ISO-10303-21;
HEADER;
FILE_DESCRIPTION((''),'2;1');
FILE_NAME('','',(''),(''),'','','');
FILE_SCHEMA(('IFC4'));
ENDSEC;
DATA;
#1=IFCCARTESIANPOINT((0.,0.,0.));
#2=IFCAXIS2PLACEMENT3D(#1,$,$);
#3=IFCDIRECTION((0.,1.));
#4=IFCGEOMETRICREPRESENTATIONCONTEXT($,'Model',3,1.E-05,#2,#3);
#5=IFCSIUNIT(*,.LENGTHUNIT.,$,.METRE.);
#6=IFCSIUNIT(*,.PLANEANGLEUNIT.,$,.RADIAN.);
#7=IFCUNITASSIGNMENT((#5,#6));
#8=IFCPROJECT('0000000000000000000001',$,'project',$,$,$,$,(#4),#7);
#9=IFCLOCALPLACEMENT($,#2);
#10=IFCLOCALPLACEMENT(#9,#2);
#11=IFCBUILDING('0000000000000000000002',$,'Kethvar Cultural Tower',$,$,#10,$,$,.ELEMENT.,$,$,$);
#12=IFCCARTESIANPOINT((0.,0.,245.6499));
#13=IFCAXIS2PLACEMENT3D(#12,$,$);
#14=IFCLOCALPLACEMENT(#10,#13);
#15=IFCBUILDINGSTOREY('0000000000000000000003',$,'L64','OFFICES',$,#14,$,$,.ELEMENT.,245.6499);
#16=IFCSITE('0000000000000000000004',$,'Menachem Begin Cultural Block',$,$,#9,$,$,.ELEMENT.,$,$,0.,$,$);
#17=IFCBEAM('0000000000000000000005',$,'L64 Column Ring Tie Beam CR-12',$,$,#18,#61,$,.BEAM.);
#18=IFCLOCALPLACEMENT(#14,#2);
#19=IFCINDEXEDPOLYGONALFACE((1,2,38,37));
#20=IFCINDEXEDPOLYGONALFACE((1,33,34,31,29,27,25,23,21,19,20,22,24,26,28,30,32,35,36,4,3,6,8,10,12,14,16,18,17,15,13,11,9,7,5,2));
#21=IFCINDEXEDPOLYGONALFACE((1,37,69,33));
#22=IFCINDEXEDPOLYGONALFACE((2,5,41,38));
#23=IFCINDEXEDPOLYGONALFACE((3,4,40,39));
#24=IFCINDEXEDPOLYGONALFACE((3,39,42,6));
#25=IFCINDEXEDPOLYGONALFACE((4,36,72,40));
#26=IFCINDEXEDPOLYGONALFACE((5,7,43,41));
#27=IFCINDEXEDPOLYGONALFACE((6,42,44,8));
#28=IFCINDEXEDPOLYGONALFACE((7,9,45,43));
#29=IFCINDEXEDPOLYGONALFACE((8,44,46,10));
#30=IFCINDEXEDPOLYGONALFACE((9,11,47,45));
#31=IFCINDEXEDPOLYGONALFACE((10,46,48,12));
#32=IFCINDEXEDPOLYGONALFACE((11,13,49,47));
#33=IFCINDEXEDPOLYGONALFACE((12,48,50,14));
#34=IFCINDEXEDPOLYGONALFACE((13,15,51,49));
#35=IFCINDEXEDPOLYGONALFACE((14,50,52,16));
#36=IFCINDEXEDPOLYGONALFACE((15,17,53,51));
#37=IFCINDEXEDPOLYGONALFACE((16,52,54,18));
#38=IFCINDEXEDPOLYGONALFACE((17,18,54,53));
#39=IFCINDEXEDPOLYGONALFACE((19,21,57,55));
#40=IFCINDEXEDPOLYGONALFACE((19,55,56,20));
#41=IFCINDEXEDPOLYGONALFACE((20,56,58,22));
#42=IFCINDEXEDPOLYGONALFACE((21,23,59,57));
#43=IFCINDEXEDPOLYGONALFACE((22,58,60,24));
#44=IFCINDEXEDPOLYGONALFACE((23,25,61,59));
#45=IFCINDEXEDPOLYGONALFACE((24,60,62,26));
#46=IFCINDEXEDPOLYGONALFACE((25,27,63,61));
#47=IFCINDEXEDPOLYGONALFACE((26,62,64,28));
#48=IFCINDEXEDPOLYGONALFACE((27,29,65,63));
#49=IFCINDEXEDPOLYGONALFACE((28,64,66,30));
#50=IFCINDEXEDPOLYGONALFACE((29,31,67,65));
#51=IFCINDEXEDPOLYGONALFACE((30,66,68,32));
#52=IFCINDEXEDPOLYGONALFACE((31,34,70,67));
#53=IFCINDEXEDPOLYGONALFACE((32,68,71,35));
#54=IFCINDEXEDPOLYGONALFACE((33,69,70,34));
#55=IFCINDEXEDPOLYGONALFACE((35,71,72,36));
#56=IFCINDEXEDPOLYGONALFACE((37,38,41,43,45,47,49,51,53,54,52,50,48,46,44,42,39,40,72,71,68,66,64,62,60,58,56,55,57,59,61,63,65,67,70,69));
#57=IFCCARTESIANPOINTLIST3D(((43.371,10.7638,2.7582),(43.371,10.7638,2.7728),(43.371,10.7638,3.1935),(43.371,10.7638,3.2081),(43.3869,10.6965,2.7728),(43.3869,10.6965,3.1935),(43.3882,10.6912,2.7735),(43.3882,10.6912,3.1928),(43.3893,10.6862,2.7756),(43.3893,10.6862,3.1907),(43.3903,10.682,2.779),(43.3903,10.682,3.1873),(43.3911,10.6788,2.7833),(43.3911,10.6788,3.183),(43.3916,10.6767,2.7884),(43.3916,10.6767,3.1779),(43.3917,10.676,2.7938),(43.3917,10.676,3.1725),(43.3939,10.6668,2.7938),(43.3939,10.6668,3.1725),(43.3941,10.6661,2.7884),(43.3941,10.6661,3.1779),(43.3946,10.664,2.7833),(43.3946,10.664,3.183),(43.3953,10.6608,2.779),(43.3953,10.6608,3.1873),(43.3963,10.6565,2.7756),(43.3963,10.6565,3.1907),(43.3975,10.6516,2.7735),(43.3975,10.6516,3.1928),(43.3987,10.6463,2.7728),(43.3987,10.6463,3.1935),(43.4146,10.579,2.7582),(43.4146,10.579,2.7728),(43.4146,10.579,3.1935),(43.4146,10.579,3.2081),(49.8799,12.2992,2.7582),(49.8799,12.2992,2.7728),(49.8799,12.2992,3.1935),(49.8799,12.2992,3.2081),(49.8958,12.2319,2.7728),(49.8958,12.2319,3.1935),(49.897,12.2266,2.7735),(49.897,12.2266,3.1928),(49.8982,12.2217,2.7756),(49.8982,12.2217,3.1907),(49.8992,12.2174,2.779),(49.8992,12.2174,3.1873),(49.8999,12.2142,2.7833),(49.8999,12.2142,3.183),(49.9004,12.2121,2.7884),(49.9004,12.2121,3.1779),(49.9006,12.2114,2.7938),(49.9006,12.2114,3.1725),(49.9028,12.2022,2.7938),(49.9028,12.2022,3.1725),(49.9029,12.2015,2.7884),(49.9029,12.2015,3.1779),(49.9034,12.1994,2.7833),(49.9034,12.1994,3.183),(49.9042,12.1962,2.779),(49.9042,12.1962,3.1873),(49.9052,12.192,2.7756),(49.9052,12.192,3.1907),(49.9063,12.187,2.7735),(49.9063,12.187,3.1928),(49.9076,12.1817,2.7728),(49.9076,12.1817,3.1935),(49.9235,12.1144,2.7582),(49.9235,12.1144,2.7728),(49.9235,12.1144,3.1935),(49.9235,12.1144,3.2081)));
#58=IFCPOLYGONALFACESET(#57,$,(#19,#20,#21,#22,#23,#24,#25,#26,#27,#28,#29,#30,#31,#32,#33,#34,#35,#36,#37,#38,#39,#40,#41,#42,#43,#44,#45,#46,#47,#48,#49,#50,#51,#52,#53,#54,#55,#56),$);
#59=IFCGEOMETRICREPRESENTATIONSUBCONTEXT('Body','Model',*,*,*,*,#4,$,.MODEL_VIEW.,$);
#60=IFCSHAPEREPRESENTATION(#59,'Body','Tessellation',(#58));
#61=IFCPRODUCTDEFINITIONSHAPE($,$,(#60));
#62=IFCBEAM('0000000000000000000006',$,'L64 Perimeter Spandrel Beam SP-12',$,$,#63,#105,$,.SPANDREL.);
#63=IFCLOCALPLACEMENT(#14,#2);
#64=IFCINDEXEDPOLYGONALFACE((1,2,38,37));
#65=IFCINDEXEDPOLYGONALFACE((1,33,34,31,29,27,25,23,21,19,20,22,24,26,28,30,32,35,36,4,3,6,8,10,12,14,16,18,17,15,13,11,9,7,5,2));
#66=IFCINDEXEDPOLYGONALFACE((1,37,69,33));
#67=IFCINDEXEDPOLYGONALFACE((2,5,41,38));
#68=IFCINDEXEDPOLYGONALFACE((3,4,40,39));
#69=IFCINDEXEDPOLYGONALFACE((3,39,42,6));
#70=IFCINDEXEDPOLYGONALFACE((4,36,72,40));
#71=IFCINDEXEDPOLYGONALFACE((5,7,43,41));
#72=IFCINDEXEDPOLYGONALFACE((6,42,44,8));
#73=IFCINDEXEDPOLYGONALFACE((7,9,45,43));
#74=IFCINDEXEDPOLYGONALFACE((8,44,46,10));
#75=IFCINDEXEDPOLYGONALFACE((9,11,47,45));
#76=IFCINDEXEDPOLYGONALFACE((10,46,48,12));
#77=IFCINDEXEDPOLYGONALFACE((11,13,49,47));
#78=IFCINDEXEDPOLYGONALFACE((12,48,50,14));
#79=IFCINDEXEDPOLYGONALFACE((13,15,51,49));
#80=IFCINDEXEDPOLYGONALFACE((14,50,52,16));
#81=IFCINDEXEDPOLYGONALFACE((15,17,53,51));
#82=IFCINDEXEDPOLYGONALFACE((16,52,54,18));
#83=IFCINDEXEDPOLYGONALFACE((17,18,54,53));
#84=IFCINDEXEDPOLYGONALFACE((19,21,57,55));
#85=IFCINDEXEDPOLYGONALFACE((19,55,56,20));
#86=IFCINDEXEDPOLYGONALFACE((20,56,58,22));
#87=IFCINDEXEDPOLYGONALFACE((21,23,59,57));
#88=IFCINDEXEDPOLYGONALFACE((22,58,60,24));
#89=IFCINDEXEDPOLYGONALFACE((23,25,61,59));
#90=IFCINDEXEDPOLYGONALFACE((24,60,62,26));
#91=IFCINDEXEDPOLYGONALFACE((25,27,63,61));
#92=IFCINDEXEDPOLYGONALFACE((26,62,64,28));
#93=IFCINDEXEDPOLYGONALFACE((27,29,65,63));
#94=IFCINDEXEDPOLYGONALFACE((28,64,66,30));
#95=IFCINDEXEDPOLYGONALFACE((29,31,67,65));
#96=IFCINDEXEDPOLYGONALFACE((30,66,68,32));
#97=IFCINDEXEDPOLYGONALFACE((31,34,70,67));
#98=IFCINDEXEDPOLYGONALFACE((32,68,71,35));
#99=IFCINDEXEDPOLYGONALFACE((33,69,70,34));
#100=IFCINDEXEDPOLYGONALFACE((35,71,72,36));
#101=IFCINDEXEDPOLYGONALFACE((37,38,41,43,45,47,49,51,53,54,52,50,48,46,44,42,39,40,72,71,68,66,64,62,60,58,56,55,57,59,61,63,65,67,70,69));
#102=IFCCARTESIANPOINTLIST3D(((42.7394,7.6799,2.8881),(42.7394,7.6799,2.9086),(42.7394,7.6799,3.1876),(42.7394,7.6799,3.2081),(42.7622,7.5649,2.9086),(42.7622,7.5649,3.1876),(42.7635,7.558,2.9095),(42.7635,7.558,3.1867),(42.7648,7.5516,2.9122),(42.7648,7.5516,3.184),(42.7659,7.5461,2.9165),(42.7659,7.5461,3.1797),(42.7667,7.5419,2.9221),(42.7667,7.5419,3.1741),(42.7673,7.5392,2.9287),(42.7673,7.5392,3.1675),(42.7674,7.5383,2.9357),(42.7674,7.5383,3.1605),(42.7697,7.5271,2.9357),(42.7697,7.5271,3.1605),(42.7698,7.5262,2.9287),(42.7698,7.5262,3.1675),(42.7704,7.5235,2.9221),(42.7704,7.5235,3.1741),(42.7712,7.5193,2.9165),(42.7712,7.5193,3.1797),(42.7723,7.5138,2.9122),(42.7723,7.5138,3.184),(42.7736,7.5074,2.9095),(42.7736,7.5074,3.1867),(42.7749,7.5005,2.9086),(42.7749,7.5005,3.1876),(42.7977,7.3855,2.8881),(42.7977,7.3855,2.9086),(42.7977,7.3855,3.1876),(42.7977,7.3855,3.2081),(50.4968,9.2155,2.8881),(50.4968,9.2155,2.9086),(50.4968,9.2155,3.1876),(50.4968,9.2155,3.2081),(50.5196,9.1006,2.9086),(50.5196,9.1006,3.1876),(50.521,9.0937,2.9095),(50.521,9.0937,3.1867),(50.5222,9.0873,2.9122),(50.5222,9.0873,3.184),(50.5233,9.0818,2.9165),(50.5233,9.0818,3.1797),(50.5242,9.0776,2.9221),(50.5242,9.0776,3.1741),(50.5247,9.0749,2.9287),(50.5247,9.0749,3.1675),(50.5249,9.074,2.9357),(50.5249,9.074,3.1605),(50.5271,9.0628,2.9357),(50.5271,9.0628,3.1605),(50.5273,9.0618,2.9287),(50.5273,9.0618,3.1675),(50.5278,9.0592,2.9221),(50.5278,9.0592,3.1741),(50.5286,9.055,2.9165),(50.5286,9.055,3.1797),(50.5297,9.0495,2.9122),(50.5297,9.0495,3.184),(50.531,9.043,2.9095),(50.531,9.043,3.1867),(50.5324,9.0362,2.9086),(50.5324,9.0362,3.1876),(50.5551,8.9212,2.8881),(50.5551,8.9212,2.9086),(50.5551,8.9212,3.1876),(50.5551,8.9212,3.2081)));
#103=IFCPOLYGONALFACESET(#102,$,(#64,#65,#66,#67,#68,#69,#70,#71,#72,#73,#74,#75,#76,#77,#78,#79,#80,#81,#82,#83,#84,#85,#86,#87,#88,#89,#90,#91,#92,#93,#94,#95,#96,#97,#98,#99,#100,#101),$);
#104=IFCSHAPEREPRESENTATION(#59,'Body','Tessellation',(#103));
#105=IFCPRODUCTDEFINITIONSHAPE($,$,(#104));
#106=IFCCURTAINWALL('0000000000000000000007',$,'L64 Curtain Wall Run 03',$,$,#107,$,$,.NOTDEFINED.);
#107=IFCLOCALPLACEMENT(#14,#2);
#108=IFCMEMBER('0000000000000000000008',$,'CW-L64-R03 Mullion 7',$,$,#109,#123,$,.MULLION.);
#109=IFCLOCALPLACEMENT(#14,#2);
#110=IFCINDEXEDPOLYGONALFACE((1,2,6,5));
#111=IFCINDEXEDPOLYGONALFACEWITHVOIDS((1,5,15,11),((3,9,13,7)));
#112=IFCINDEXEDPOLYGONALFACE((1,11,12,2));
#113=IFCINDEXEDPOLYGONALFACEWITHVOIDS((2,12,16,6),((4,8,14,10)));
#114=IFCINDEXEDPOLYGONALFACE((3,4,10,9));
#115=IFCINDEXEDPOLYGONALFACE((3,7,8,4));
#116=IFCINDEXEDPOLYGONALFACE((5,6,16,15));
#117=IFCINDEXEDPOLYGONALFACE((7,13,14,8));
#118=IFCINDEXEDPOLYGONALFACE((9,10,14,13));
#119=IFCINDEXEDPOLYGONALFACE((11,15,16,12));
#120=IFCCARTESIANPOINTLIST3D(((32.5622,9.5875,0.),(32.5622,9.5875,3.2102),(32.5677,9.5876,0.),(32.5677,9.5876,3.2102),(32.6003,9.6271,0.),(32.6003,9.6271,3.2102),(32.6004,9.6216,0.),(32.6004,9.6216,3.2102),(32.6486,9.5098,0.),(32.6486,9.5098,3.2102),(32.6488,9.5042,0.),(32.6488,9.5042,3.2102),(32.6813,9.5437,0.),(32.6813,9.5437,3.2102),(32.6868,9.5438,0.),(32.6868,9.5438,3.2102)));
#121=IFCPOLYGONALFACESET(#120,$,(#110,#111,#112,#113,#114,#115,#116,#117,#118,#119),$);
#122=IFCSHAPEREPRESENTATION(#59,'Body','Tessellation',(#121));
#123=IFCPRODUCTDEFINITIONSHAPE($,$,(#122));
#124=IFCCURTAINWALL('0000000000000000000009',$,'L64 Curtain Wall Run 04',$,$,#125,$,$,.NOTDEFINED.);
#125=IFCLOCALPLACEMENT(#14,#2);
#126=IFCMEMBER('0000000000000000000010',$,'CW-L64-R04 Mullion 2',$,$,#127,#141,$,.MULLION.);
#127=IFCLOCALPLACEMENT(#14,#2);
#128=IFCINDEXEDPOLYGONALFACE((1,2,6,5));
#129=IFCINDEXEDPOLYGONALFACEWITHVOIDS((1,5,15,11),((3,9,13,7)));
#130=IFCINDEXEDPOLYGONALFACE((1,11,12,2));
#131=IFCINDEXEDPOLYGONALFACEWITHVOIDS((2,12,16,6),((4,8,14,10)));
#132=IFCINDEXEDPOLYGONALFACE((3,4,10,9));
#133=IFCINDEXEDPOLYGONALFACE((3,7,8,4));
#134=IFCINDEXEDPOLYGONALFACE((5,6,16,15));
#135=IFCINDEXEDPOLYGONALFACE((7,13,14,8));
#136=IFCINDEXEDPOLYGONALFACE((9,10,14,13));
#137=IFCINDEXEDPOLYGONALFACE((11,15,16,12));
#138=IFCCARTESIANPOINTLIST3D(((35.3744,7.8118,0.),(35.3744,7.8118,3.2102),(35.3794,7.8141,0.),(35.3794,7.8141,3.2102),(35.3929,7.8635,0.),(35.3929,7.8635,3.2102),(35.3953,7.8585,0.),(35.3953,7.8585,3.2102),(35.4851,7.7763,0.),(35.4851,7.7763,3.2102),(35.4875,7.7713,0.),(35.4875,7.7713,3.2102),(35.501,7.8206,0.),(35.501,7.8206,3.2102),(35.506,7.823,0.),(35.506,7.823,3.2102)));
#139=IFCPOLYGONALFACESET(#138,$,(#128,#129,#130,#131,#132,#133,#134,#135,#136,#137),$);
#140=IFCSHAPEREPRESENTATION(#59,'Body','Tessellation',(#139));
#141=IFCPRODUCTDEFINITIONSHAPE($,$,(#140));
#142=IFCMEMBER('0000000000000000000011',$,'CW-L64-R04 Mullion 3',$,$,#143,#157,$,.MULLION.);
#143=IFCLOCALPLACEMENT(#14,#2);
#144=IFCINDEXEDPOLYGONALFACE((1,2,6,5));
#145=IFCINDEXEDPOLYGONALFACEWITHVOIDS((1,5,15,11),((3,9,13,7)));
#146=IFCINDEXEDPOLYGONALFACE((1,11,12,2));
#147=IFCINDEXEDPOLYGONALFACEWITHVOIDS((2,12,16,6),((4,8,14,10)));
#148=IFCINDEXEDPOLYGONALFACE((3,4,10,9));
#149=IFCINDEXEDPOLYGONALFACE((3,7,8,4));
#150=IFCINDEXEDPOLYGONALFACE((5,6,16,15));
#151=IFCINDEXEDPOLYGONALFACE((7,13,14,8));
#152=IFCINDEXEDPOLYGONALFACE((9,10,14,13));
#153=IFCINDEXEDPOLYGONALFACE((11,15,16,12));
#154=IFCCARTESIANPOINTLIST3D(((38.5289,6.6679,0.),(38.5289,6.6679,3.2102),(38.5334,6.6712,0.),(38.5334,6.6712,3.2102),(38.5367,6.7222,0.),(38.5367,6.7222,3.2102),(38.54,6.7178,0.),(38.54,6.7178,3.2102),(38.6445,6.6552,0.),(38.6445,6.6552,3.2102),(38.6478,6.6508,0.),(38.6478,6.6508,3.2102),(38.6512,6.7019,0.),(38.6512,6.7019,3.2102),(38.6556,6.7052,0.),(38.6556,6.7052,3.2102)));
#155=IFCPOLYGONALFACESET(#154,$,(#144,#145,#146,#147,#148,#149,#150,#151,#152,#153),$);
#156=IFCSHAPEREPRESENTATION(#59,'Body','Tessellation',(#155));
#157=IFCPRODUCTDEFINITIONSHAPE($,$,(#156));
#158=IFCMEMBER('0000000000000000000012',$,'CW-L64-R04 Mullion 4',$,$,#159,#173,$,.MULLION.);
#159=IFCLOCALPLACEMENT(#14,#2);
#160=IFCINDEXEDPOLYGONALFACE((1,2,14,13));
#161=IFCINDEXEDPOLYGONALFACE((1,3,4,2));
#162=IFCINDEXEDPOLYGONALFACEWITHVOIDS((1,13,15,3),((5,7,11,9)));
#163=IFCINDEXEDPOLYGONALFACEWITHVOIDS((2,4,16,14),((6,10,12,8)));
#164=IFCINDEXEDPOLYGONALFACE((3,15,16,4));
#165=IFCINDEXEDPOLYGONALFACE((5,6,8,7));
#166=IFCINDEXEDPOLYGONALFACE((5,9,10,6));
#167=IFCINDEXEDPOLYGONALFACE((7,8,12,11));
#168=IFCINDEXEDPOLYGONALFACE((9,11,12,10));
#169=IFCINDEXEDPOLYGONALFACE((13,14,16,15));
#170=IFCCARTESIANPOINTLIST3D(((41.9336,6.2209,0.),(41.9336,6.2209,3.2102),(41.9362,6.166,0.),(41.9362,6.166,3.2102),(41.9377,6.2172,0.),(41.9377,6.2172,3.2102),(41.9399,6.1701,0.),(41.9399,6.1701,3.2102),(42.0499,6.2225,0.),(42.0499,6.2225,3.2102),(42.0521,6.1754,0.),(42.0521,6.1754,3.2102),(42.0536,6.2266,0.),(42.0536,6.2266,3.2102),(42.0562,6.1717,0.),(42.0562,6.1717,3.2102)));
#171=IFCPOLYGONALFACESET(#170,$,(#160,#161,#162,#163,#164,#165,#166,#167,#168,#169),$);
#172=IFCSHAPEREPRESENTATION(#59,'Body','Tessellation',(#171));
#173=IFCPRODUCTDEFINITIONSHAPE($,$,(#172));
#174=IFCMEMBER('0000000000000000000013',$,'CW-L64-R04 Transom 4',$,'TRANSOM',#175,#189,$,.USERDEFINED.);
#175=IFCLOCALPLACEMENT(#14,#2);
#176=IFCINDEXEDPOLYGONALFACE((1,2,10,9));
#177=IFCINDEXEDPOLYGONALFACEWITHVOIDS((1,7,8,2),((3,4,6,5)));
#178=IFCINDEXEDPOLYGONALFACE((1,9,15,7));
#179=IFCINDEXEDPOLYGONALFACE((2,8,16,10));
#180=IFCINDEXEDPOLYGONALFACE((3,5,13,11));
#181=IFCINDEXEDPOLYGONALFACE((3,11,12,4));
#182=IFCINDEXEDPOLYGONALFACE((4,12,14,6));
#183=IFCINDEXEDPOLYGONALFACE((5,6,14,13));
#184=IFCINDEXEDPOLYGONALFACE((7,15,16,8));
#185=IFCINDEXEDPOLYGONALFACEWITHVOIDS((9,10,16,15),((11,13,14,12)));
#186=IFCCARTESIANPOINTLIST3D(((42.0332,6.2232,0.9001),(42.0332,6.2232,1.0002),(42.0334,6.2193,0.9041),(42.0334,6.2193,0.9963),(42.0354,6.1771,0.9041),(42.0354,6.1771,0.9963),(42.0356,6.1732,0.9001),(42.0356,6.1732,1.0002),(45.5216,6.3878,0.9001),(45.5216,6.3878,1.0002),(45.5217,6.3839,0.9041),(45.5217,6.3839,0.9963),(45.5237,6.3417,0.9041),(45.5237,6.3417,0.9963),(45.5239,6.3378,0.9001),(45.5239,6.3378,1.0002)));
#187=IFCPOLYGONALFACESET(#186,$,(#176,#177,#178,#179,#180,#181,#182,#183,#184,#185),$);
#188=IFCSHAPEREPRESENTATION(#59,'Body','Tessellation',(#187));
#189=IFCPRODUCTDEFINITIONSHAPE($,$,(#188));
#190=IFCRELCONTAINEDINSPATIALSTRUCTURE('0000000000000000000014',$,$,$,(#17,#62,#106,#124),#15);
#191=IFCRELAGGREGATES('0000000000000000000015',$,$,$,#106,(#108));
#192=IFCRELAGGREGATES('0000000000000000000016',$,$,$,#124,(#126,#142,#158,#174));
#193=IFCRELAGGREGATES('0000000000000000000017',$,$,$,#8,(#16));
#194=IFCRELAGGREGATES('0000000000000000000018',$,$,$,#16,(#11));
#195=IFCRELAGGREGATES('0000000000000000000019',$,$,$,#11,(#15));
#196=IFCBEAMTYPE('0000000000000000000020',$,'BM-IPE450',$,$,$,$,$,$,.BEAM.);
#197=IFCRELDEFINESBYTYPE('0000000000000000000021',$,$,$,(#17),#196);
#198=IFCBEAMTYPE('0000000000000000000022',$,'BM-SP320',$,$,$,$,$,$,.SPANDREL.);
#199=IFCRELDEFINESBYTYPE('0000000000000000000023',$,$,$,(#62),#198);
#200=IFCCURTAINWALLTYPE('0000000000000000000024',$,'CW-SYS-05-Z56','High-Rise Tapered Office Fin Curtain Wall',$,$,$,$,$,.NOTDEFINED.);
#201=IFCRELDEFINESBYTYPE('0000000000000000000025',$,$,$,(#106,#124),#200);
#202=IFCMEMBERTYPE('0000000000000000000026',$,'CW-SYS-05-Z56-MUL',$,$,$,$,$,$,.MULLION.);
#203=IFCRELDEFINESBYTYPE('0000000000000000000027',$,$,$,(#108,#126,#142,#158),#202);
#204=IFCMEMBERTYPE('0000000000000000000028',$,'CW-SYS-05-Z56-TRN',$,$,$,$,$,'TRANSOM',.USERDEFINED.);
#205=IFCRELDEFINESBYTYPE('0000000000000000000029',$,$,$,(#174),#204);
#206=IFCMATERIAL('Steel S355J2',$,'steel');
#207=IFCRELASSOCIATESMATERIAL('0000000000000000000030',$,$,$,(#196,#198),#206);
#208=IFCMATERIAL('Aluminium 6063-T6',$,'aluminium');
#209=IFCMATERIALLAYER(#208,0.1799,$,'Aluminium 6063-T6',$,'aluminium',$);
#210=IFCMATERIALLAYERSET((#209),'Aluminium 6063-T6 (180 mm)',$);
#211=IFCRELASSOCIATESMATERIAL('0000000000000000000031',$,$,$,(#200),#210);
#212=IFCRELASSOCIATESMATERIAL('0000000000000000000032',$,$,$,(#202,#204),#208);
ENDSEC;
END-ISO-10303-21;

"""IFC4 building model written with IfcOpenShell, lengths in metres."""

from ifc_helpers import new_model, si_unit, direction, frame, origin, origin_2d, place, context, subcontext, project, spatial, hollow_rectangle, i_section, extrude, source, transform, mapped, material, layer, layer_set, material_profile, profile_set, type_object, element, aggregate, save


model = new_model("IFC4")

# Units and contexts
model_context = context("Model", 3, precision=1e-05, world=origin(), true_north=direction((0.0, 1.0)))
body_context = subcontext(model_context, "Body", "Model", "MODEL_VIEW")
ifc_project = project(units=[si_unit("LENGTHUNIT", "METRE"), si_unit("PLANEANGLEUNIT", "RADIAN")], contexts=[model_context])

# Site, building, storey
site_placement = place(None, origin())
site = spatial("IfcSite", under=ifc_project, at=site_placement, Name="Menachem Begin Cultural Block", CompositionType="ELEMENT", RefElevation=0.0)
building_placement = place(site_placement, origin())
building = spatial("IfcBuilding", under=site, at=building_placement, Name="Kethvar Cultural Tower", CompositionType="ELEMENT")
storey_placement = place(building_placement, frame((0.0, 0.0, 245.6499)))
storey = spatial("IfcBuildingStorey", under=building, at=storey_placement, Name="L64", Description="OFFICES", CompositionType="ELEMENT", Elevation=245.6499)

# Beams
ifc_material_1 = material(Name="Steel S355J2", Category="steel")
ifc_material_profile_1 = material_profile(ifc_material_1, i_section(OverallWidth=0.1899, OverallDepth=0.45, WebThickness=0.0095, FlangeThickness=0.0146, FilletRadius=0.021, at=origin_2d()), Name="Steel S355J2 — IPE450")
ifc_profile_set_1 = profile_set([ifc_material_profile_1], Name="Steel S355J2 — IPE450")
beam_type_1 = type_object("IfcBeamType", Name="BM-IPE450", PredefinedType="BEAM", material=ifc_profile_set_1)
ifc_material_profile_2 = material_profile(ifc_material_1, i_section(OverallWidth=0.3, OverallDepth=0.3201, WebThickness=0.0115, FlangeThickness=0.0205, FilletRadius=0.0271, at=origin_2d()), Name="Steel S355J2 — HEB320")
ifc_profile_set_2 = profile_set([ifc_material_profile_2], Name="Steel S355J2 — HEB320")
beam_type_2 = type_object("IfcBeamType", Name="BM-SP320", PredefinedType="SPANDREL", material=ifc_profile_set_2)
shared_shape_1 = source(origin(), body_context, "Body", "SweptSolid", [
    extrude(i_section(OverallWidth=0.1899, OverallDepth=0.45, WebThickness=0.0095, FlangeThickness=0.0146, FilletRadius=0.021, at=origin_2d()), origin(), (0.0, 0.0, 1.0), 6.6875),
])
beam_1_placement = place(storey_placement, frame((43.3928, 10.6714, 2.9832), z_axis=(0.973286, 0.229595, 0.0), x_axis=(-0.229595, 0.973286, 0.0)))
element("IfcBeam", 1, at=beam_1_placement, inside=storey, type_object=beam_type_1, Name="L64 Column Ring Tie Beam CR-12", PredefinedType="BEAM", context=body_context, shape_type="MappedRepresentation", body=[
    mapped(shared_shape_1, transform((0.0, 0.0, 0.0), scale=1.0)),
])
shared_shape_2 = source(origin(), body_context, "Body", "SweptSolid", [
    extrude(i_section(OverallWidth=0.3, OverallDepth=0.3201, WebThickness=0.0115, FlangeThickness=0.0205, FilletRadius=0.0271, at=origin_2d()), origin(), (0.0, 0.0, 1.0), 7.908),
])
beam_2_placement = place(storey_placement, frame((42.7686, 7.5327, 3.0481), z_axis=(0.980964, 0.194192, 0.0), x_axis=(-0.194192, 0.980964, 0.0)))
element("IfcBeam", 2, at=beam_2_placement, inside=storey, type_object=beam_type_2, Name="L64 Perimeter Spandrel Beam SP-12", PredefinedType="SPANDREL", context=body_context, shape_type="MappedRepresentation", body=[
    mapped(shared_shape_2, transform((0.0, 0.0, 0.0), scale=1.0)),
])

# Curtain wall, member
ifc_material_2 = material(Name="Aluminium 6063-T6", Category="aluminium")
ifc_layer_1 = layer(ifc_material_2, 0.1799, Name="Aluminium 6063-T6", Category="aluminium")
ifc_layer_set_1 = layer_set([ifc_layer_1], Name="Aluminium 6063-T6 (180 mm)")
curtain_wall_type = type_object("IfcCurtainWallType", Name="CW-SYS-05-Z56", Description="High-Rise Tapered Office Fin Curtain Wall", PredefinedType="NOTDEFINED", material=ifc_layer_set_1)
curtain_wall_1_placement = place(storey_placement, origin())
curtain_wall_1 = element("IfcCurtainWall", 3, at=curtain_wall_1_placement, inside=storey, type_object=curtain_wall_type, Name="L64 Curtain Wall Run 03", PredefinedType="NOTDEFINED")
ifc_material_profile_3 = material_profile(ifc_material_2, hollow_rectangle(XDim=0.0549, YDim=0.1201, WallThickness=0.0039, at=origin_2d()), Name="Aluminium 6063-T6 — RHS120x55x4")
ifc_profile_set_3 = profile_set([ifc_material_profile_3], Name="Aluminium 6063-T6 — RHS120x55x4")
member_type_1 = type_object("IfcMemberType", Name="CW-SYS-05-Z56-MUL", PredefinedType="MULLION", material=ifc_profile_set_3)
shared_shape_3 = source(origin(), body_context, "Body", "SweptSolid", [
    extrude(hollow_rectangle(XDim=0.0549, YDim=0.1201, WallThickness=0.0039, at=origin_2d()), origin(), (0.0, 0.0, 1.0), 3.2102),
])
member_1_placement = place(storey_placement, frame((32.6245, 9.5657, 0.0), z_axis=(0.0, 0.0, 1.0), x_axis=(0.693289, 0.72066, 0.0)))
member_1 = element("IfcMember", 4, at=member_1_placement, type_object=member_type_1, Name="CW-L64-R03 Mullion 7", PredefinedType="MULLION", context=body_context, shape_type="MappedRepresentation", body=[
    mapped(shared_shape_3, transform((0.0, 0.0, 0.0), scale=1.0)),
])
aggregate(curtain_wall_1, [member_1])

# Curtain wall, members
curtain_wall_2_placement = place(storey_placement, origin())
curtain_wall_2 = element("IfcCurtainWall", 5, at=curtain_wall_2_placement, inside=storey, type_object=curtain_wall_type, Name="L64 Curtain Wall Run 04", PredefinedType="NOTDEFINED")
member_2_placement = place(storey_placement, frame((35.4402, 7.8174, 0.0), z_axis=(0.0, 0.0, 1.0), x_axis=(0.337112, 0.941465, 0.0)))
member_2 = element("IfcMember", 6, at=member_2_placement, type_object=member_type_1, Name="CW-L64-R04 Mullion 2", PredefinedType="MULLION", context=body_context, shape_type="MappedRepresentation", body=[
    mapped(shared_shape_3, transform((0.0, 0.0, 0.0), scale=1.0)),
])
member_3_placement = place(storey_placement, frame((38.5923, 6.6865, 0.0), z_axis=(0.0, 0.0, 1.0), x_axis=(0.142042, 0.989861, 0.0)))
member_3 = element("IfcMember", 7, at=member_3_placement, type_object=member_type_1, Name="CW-L64-R04 Mullion 3", PredefinedType="MULLION", context=body_context, shape_type="MappedRepresentation", body=[
    mapped(shared_shape_3, transform((0.0, 0.0, 0.0), scale=1.0)),
])
member_4_placement = place(storey_placement, frame((41.9949, 6.1963, 0.0), z_axis=(0.0, 0.0, 1.0), x_axis=(-0.047124, 0.998889, 0.0)))
member_4 = element("IfcMember", 8, at=member_4_placement, type_object=member_type_1, Name="CW-L64-R04 Mullion 4", PredefinedType="MULLION", context=body_context, shape_type="MappedRepresentation", body=[
    mapped(shared_shape_3, transform((0.0, 0.0, 0.0), scale=1.0)),
])
ifc_material_profile_4 = material_profile(ifc_material_2, hollow_rectangle(XDim=0.05, YDim=0.1001, WallThickness=0.0039, at=origin_2d()), Name="Aluminium 6063-T6 — RHS100x50x4")
ifc_profile_set_4 = profile_set([ifc_material_profile_4], Name="Aluminium 6063-T6 — RHS100x50x4")
member_type_2 = type_object("IfcMemberType", Name="CW-SYS-05-Z56-TRN", ElementType="TRANSOM", PredefinedType="USERDEFINED", material=ifc_profile_set_4)
shared_shape_4 = source(origin(), body_context, "Body", "SweptSolid", [
    extrude(hollow_rectangle(XDim=0.05, YDim=0.1001, WallThickness=0.0039, at=origin_2d()), origin(), (0.0, 0.0, 1.0), 3.4922),
])
member_5_placement = place(storey_placement, frame((42.0344, 6.1982, 0.9502), z_axis=(0.998889, 0.04712, 0.0), x_axis=(-0.04712, 0.998889, 0.0)))
member_5 = element("IfcMember", 9, at=member_5_placement, type_object=member_type_2, Name="CW-L64-R04 Transom 4", ObjectType="TRANSOM", PredefinedType="USERDEFINED", context=body_context, shape_type="MappedRepresentation", body=[
    mapped(shared_shape_4, transform((0.0, 0.0, 0.0), scale=1.0)),
])
aggregate(curtain_wall_2, [member_2, member_3, member_4, member_5])

save(model, "model.ifc")
